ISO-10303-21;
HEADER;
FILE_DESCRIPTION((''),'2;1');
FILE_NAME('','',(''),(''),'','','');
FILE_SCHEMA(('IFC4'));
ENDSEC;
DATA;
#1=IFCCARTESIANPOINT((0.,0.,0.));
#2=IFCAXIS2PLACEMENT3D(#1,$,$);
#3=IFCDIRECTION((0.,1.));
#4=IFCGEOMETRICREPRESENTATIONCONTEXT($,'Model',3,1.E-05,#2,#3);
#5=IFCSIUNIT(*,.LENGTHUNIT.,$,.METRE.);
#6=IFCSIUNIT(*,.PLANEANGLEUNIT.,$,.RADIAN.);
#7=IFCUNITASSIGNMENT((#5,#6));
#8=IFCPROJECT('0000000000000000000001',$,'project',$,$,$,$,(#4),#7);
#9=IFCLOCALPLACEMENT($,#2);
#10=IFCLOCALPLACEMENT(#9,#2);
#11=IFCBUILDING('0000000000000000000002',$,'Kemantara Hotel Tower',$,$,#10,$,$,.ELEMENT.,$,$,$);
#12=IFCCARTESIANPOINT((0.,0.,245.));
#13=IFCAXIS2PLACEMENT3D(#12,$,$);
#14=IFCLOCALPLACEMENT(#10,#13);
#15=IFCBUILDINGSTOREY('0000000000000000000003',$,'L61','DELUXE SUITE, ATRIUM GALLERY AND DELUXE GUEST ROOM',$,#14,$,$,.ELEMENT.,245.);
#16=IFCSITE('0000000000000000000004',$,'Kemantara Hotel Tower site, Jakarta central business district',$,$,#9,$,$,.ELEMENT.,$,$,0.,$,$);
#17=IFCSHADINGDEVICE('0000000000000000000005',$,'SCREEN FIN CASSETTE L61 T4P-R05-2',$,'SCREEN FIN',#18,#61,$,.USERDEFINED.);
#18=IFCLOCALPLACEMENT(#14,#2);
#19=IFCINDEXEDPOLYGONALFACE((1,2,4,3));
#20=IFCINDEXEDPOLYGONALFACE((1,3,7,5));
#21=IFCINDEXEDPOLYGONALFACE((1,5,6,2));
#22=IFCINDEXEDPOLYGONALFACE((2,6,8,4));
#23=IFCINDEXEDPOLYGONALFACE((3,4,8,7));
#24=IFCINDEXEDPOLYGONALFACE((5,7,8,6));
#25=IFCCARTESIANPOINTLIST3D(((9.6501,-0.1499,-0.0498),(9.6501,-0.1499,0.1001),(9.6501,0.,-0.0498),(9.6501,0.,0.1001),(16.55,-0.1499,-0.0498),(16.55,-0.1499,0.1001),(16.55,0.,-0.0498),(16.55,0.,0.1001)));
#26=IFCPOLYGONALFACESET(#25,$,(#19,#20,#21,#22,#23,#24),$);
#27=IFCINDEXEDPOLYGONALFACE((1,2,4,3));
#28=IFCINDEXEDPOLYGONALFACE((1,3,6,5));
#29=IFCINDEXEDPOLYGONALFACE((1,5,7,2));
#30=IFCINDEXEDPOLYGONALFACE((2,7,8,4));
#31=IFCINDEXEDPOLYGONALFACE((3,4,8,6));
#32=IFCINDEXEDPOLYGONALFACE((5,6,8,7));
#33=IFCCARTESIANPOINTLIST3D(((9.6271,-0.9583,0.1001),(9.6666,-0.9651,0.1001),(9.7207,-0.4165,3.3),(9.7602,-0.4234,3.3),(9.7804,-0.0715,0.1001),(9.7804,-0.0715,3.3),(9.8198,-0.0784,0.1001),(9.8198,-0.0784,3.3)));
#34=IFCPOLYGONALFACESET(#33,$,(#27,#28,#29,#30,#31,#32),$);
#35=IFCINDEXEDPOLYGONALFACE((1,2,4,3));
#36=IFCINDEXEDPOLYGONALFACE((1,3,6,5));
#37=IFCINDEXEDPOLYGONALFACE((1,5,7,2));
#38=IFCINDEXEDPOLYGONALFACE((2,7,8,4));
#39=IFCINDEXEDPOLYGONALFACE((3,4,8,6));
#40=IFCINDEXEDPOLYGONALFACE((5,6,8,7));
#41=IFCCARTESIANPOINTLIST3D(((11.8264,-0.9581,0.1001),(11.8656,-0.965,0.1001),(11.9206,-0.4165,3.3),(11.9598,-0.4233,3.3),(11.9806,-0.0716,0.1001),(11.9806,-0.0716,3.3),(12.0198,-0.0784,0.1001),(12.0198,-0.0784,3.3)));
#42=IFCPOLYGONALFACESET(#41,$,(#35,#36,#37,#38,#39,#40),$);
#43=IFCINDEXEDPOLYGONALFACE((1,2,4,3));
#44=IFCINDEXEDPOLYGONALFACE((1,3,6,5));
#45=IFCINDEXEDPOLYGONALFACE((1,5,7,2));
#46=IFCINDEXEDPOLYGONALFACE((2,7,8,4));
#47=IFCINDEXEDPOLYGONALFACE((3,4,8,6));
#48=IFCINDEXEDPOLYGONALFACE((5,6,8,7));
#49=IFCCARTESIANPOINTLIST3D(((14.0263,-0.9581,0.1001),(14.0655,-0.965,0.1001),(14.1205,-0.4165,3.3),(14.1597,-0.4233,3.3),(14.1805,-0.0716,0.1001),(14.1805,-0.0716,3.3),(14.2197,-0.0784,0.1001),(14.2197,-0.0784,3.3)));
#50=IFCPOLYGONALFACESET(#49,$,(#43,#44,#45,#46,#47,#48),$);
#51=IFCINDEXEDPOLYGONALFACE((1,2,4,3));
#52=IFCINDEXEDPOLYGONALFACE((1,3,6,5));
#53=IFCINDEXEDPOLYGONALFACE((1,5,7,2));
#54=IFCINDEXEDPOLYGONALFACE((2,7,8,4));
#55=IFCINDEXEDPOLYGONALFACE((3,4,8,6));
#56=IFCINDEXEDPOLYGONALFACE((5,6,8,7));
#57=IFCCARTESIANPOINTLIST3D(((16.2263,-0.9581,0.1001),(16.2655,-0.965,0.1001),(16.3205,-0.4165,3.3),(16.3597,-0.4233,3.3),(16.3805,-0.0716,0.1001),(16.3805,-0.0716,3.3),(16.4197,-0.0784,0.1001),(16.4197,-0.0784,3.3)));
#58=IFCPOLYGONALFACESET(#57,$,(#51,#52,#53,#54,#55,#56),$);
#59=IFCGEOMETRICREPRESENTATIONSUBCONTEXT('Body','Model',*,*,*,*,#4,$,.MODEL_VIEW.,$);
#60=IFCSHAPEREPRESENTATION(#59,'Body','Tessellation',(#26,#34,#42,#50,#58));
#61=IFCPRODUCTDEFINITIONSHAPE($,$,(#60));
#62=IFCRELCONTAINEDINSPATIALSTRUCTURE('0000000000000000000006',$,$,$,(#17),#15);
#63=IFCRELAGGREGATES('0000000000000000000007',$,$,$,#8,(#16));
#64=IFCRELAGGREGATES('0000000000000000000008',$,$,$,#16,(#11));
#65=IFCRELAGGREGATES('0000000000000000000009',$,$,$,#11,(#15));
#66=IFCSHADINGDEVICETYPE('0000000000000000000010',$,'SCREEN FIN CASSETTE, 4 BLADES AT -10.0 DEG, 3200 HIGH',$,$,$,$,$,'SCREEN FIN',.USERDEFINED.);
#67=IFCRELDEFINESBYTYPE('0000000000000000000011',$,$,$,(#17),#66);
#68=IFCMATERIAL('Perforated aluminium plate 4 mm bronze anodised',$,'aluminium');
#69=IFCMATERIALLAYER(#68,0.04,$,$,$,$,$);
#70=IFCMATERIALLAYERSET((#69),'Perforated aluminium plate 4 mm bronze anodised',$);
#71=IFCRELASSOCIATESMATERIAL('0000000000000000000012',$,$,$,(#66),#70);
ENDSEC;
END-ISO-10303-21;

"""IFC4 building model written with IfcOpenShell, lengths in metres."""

from ifc_helpers import new_model, si_unit, direction, frame, origin, origin_2d, place, context, subcontext, project, spatial, polyline, rectangle, outline, extrude, source, transform, mapped, material, layer, layer_set, type_object, element, save


model = new_model("IFC4")

# Units and contexts
model_context = context("Model", 3, precision=1e-05, world=origin(), true_north=direction((0.0, 1.0)))
body_context = subcontext(model_context, "Body", "Model", "MODEL_VIEW")
ifc_project = project(units=[si_unit("LENGTHUNIT", "METRE"), si_unit("PLANEANGLEUNIT", "RADIAN")], contexts=[model_context])

# Site, building, storey
site_placement = place(None, origin())
site = spatial("IfcSite", under=ifc_project, at=site_placement, Name="Kemantara Hotel Tower site, Jakarta central business district", CompositionType="ELEMENT", RefElevation=0.0)
building_placement = place(site_placement, origin())
building = spatial("IfcBuilding", under=site, at=building_placement, Name="Kemantara Hotel Tower", CompositionType="ELEMENT")
storey_placement = place(building_placement, frame((0.0, 0.0, 245.0)))
storey = spatial("IfcBuildingStorey", under=building, at=storey_placement, Name="L61", Description="DELUXE SUITE, ATRIUM GALLERY AND DELUXE GUEST ROOM", CompositionType="ELEMENT", Elevation=245.0)

# Shading device
ifc_material_1 = material(Name="Perforated aluminium plate 4 mm bronze anodised", Category="aluminium")
ifc_layer_1 = layer(ifc_material_1, 0.04)
ifc_layer_set_1 = layer_set([ifc_layer_1], Name="Perforated aluminium plate 4 mm bronze anodised")
shading_device_type_1 = type_object("IfcShadingDeviceType", Name="SCREEN FIN CASSETTE, 4 BLADES AT -10.0 DEG, 3200 HIGH", ElementType="SCREEN FIN", PredefinedType="USERDEFINED", material=ifc_layer_set_1)
shared_shape_1 = source(origin(), body_context, "Body", "SweptSolid", [
    extrude(rectangle(XDim=6.8999, YDim=0.1499, at=origin_2d()), frame((3.3, -0.075, -0.1499), z_axis=(0.0, 0.0, 1.0), x_axis=(1.0, 0.0, 0.0)), (0.0, 0.0, 1.0), 0.1499),
    extrude(outline(polyline([(0.0, 0.0), (0.8999, 0.0), (0.3501, 3.2), (0.0, 3.2), (0.0, 0.0)])), frame((0.0198, -0.0784, 0.0), z_axis=(-0.98539, 0.170314, 0.0), x_axis=(-0.170314, -0.98539, 0.0)), (0.0, 0.0, 1.0), 0.04),
    extrude(outline(polyline([(0.0, 0.0), (0.8999, 0.0), (0.3501, 3.2), (0.0, 3.2), (0.0, 0.0)])), frame((2.2197, -0.0784, 0.0), z_axis=(-0.985212, 0.171341, 0.0), x_axis=(-0.171341, -0.985212, 0.0)), (0.0, 0.0, 1.0), 0.0398),
    extrude(outline(polyline([(0.0, 0.0), (0.8999, 0.0), (0.3501, 3.2), (0.0, 3.2), (0.0, 0.0)])), frame((4.4197, -0.0784, 0.0), z_axis=(-0.985212, 0.171341, 0.0), x_axis=(-0.171341, -0.985212, 0.0)), (0.0, 0.0, 1.0), 0.0398),
    extrude(outline(polyline([(0.0, 0.0), (0.8999, 0.0), (0.3501, 3.2), (0.0, 3.2), (0.0, 0.0)])), frame((6.6196, -0.0784, 0.0), z_axis=(-0.985212, 0.171341, 0.0), x_axis=(-0.171341, -0.985212, 0.0)), (0.0, 0.0, 1.0), 0.0398),
])
shading_device_1_placement = place(storey_placement, frame((9.8, 0.0, 0.1001), z_axis=(0.0, 0.0, 1.0), x_axis=(1.0, 0.0, 0.0)))
element("IfcShadingDevice", 1, at=shading_device_1_placement, inside=storey, type_object=shading_device_type_1, Name="SCREEN FIN CASSETTE L61 T4P-R05-2", ObjectType="SCREEN FIN", PredefinedType="USERDEFINED", context=body_context, shape_type="MappedRepresentation", body=[
    mapped(shared_shape_1, transform((0.0, 0.0, 0.0))),
])

save(model, "model.ifc")
